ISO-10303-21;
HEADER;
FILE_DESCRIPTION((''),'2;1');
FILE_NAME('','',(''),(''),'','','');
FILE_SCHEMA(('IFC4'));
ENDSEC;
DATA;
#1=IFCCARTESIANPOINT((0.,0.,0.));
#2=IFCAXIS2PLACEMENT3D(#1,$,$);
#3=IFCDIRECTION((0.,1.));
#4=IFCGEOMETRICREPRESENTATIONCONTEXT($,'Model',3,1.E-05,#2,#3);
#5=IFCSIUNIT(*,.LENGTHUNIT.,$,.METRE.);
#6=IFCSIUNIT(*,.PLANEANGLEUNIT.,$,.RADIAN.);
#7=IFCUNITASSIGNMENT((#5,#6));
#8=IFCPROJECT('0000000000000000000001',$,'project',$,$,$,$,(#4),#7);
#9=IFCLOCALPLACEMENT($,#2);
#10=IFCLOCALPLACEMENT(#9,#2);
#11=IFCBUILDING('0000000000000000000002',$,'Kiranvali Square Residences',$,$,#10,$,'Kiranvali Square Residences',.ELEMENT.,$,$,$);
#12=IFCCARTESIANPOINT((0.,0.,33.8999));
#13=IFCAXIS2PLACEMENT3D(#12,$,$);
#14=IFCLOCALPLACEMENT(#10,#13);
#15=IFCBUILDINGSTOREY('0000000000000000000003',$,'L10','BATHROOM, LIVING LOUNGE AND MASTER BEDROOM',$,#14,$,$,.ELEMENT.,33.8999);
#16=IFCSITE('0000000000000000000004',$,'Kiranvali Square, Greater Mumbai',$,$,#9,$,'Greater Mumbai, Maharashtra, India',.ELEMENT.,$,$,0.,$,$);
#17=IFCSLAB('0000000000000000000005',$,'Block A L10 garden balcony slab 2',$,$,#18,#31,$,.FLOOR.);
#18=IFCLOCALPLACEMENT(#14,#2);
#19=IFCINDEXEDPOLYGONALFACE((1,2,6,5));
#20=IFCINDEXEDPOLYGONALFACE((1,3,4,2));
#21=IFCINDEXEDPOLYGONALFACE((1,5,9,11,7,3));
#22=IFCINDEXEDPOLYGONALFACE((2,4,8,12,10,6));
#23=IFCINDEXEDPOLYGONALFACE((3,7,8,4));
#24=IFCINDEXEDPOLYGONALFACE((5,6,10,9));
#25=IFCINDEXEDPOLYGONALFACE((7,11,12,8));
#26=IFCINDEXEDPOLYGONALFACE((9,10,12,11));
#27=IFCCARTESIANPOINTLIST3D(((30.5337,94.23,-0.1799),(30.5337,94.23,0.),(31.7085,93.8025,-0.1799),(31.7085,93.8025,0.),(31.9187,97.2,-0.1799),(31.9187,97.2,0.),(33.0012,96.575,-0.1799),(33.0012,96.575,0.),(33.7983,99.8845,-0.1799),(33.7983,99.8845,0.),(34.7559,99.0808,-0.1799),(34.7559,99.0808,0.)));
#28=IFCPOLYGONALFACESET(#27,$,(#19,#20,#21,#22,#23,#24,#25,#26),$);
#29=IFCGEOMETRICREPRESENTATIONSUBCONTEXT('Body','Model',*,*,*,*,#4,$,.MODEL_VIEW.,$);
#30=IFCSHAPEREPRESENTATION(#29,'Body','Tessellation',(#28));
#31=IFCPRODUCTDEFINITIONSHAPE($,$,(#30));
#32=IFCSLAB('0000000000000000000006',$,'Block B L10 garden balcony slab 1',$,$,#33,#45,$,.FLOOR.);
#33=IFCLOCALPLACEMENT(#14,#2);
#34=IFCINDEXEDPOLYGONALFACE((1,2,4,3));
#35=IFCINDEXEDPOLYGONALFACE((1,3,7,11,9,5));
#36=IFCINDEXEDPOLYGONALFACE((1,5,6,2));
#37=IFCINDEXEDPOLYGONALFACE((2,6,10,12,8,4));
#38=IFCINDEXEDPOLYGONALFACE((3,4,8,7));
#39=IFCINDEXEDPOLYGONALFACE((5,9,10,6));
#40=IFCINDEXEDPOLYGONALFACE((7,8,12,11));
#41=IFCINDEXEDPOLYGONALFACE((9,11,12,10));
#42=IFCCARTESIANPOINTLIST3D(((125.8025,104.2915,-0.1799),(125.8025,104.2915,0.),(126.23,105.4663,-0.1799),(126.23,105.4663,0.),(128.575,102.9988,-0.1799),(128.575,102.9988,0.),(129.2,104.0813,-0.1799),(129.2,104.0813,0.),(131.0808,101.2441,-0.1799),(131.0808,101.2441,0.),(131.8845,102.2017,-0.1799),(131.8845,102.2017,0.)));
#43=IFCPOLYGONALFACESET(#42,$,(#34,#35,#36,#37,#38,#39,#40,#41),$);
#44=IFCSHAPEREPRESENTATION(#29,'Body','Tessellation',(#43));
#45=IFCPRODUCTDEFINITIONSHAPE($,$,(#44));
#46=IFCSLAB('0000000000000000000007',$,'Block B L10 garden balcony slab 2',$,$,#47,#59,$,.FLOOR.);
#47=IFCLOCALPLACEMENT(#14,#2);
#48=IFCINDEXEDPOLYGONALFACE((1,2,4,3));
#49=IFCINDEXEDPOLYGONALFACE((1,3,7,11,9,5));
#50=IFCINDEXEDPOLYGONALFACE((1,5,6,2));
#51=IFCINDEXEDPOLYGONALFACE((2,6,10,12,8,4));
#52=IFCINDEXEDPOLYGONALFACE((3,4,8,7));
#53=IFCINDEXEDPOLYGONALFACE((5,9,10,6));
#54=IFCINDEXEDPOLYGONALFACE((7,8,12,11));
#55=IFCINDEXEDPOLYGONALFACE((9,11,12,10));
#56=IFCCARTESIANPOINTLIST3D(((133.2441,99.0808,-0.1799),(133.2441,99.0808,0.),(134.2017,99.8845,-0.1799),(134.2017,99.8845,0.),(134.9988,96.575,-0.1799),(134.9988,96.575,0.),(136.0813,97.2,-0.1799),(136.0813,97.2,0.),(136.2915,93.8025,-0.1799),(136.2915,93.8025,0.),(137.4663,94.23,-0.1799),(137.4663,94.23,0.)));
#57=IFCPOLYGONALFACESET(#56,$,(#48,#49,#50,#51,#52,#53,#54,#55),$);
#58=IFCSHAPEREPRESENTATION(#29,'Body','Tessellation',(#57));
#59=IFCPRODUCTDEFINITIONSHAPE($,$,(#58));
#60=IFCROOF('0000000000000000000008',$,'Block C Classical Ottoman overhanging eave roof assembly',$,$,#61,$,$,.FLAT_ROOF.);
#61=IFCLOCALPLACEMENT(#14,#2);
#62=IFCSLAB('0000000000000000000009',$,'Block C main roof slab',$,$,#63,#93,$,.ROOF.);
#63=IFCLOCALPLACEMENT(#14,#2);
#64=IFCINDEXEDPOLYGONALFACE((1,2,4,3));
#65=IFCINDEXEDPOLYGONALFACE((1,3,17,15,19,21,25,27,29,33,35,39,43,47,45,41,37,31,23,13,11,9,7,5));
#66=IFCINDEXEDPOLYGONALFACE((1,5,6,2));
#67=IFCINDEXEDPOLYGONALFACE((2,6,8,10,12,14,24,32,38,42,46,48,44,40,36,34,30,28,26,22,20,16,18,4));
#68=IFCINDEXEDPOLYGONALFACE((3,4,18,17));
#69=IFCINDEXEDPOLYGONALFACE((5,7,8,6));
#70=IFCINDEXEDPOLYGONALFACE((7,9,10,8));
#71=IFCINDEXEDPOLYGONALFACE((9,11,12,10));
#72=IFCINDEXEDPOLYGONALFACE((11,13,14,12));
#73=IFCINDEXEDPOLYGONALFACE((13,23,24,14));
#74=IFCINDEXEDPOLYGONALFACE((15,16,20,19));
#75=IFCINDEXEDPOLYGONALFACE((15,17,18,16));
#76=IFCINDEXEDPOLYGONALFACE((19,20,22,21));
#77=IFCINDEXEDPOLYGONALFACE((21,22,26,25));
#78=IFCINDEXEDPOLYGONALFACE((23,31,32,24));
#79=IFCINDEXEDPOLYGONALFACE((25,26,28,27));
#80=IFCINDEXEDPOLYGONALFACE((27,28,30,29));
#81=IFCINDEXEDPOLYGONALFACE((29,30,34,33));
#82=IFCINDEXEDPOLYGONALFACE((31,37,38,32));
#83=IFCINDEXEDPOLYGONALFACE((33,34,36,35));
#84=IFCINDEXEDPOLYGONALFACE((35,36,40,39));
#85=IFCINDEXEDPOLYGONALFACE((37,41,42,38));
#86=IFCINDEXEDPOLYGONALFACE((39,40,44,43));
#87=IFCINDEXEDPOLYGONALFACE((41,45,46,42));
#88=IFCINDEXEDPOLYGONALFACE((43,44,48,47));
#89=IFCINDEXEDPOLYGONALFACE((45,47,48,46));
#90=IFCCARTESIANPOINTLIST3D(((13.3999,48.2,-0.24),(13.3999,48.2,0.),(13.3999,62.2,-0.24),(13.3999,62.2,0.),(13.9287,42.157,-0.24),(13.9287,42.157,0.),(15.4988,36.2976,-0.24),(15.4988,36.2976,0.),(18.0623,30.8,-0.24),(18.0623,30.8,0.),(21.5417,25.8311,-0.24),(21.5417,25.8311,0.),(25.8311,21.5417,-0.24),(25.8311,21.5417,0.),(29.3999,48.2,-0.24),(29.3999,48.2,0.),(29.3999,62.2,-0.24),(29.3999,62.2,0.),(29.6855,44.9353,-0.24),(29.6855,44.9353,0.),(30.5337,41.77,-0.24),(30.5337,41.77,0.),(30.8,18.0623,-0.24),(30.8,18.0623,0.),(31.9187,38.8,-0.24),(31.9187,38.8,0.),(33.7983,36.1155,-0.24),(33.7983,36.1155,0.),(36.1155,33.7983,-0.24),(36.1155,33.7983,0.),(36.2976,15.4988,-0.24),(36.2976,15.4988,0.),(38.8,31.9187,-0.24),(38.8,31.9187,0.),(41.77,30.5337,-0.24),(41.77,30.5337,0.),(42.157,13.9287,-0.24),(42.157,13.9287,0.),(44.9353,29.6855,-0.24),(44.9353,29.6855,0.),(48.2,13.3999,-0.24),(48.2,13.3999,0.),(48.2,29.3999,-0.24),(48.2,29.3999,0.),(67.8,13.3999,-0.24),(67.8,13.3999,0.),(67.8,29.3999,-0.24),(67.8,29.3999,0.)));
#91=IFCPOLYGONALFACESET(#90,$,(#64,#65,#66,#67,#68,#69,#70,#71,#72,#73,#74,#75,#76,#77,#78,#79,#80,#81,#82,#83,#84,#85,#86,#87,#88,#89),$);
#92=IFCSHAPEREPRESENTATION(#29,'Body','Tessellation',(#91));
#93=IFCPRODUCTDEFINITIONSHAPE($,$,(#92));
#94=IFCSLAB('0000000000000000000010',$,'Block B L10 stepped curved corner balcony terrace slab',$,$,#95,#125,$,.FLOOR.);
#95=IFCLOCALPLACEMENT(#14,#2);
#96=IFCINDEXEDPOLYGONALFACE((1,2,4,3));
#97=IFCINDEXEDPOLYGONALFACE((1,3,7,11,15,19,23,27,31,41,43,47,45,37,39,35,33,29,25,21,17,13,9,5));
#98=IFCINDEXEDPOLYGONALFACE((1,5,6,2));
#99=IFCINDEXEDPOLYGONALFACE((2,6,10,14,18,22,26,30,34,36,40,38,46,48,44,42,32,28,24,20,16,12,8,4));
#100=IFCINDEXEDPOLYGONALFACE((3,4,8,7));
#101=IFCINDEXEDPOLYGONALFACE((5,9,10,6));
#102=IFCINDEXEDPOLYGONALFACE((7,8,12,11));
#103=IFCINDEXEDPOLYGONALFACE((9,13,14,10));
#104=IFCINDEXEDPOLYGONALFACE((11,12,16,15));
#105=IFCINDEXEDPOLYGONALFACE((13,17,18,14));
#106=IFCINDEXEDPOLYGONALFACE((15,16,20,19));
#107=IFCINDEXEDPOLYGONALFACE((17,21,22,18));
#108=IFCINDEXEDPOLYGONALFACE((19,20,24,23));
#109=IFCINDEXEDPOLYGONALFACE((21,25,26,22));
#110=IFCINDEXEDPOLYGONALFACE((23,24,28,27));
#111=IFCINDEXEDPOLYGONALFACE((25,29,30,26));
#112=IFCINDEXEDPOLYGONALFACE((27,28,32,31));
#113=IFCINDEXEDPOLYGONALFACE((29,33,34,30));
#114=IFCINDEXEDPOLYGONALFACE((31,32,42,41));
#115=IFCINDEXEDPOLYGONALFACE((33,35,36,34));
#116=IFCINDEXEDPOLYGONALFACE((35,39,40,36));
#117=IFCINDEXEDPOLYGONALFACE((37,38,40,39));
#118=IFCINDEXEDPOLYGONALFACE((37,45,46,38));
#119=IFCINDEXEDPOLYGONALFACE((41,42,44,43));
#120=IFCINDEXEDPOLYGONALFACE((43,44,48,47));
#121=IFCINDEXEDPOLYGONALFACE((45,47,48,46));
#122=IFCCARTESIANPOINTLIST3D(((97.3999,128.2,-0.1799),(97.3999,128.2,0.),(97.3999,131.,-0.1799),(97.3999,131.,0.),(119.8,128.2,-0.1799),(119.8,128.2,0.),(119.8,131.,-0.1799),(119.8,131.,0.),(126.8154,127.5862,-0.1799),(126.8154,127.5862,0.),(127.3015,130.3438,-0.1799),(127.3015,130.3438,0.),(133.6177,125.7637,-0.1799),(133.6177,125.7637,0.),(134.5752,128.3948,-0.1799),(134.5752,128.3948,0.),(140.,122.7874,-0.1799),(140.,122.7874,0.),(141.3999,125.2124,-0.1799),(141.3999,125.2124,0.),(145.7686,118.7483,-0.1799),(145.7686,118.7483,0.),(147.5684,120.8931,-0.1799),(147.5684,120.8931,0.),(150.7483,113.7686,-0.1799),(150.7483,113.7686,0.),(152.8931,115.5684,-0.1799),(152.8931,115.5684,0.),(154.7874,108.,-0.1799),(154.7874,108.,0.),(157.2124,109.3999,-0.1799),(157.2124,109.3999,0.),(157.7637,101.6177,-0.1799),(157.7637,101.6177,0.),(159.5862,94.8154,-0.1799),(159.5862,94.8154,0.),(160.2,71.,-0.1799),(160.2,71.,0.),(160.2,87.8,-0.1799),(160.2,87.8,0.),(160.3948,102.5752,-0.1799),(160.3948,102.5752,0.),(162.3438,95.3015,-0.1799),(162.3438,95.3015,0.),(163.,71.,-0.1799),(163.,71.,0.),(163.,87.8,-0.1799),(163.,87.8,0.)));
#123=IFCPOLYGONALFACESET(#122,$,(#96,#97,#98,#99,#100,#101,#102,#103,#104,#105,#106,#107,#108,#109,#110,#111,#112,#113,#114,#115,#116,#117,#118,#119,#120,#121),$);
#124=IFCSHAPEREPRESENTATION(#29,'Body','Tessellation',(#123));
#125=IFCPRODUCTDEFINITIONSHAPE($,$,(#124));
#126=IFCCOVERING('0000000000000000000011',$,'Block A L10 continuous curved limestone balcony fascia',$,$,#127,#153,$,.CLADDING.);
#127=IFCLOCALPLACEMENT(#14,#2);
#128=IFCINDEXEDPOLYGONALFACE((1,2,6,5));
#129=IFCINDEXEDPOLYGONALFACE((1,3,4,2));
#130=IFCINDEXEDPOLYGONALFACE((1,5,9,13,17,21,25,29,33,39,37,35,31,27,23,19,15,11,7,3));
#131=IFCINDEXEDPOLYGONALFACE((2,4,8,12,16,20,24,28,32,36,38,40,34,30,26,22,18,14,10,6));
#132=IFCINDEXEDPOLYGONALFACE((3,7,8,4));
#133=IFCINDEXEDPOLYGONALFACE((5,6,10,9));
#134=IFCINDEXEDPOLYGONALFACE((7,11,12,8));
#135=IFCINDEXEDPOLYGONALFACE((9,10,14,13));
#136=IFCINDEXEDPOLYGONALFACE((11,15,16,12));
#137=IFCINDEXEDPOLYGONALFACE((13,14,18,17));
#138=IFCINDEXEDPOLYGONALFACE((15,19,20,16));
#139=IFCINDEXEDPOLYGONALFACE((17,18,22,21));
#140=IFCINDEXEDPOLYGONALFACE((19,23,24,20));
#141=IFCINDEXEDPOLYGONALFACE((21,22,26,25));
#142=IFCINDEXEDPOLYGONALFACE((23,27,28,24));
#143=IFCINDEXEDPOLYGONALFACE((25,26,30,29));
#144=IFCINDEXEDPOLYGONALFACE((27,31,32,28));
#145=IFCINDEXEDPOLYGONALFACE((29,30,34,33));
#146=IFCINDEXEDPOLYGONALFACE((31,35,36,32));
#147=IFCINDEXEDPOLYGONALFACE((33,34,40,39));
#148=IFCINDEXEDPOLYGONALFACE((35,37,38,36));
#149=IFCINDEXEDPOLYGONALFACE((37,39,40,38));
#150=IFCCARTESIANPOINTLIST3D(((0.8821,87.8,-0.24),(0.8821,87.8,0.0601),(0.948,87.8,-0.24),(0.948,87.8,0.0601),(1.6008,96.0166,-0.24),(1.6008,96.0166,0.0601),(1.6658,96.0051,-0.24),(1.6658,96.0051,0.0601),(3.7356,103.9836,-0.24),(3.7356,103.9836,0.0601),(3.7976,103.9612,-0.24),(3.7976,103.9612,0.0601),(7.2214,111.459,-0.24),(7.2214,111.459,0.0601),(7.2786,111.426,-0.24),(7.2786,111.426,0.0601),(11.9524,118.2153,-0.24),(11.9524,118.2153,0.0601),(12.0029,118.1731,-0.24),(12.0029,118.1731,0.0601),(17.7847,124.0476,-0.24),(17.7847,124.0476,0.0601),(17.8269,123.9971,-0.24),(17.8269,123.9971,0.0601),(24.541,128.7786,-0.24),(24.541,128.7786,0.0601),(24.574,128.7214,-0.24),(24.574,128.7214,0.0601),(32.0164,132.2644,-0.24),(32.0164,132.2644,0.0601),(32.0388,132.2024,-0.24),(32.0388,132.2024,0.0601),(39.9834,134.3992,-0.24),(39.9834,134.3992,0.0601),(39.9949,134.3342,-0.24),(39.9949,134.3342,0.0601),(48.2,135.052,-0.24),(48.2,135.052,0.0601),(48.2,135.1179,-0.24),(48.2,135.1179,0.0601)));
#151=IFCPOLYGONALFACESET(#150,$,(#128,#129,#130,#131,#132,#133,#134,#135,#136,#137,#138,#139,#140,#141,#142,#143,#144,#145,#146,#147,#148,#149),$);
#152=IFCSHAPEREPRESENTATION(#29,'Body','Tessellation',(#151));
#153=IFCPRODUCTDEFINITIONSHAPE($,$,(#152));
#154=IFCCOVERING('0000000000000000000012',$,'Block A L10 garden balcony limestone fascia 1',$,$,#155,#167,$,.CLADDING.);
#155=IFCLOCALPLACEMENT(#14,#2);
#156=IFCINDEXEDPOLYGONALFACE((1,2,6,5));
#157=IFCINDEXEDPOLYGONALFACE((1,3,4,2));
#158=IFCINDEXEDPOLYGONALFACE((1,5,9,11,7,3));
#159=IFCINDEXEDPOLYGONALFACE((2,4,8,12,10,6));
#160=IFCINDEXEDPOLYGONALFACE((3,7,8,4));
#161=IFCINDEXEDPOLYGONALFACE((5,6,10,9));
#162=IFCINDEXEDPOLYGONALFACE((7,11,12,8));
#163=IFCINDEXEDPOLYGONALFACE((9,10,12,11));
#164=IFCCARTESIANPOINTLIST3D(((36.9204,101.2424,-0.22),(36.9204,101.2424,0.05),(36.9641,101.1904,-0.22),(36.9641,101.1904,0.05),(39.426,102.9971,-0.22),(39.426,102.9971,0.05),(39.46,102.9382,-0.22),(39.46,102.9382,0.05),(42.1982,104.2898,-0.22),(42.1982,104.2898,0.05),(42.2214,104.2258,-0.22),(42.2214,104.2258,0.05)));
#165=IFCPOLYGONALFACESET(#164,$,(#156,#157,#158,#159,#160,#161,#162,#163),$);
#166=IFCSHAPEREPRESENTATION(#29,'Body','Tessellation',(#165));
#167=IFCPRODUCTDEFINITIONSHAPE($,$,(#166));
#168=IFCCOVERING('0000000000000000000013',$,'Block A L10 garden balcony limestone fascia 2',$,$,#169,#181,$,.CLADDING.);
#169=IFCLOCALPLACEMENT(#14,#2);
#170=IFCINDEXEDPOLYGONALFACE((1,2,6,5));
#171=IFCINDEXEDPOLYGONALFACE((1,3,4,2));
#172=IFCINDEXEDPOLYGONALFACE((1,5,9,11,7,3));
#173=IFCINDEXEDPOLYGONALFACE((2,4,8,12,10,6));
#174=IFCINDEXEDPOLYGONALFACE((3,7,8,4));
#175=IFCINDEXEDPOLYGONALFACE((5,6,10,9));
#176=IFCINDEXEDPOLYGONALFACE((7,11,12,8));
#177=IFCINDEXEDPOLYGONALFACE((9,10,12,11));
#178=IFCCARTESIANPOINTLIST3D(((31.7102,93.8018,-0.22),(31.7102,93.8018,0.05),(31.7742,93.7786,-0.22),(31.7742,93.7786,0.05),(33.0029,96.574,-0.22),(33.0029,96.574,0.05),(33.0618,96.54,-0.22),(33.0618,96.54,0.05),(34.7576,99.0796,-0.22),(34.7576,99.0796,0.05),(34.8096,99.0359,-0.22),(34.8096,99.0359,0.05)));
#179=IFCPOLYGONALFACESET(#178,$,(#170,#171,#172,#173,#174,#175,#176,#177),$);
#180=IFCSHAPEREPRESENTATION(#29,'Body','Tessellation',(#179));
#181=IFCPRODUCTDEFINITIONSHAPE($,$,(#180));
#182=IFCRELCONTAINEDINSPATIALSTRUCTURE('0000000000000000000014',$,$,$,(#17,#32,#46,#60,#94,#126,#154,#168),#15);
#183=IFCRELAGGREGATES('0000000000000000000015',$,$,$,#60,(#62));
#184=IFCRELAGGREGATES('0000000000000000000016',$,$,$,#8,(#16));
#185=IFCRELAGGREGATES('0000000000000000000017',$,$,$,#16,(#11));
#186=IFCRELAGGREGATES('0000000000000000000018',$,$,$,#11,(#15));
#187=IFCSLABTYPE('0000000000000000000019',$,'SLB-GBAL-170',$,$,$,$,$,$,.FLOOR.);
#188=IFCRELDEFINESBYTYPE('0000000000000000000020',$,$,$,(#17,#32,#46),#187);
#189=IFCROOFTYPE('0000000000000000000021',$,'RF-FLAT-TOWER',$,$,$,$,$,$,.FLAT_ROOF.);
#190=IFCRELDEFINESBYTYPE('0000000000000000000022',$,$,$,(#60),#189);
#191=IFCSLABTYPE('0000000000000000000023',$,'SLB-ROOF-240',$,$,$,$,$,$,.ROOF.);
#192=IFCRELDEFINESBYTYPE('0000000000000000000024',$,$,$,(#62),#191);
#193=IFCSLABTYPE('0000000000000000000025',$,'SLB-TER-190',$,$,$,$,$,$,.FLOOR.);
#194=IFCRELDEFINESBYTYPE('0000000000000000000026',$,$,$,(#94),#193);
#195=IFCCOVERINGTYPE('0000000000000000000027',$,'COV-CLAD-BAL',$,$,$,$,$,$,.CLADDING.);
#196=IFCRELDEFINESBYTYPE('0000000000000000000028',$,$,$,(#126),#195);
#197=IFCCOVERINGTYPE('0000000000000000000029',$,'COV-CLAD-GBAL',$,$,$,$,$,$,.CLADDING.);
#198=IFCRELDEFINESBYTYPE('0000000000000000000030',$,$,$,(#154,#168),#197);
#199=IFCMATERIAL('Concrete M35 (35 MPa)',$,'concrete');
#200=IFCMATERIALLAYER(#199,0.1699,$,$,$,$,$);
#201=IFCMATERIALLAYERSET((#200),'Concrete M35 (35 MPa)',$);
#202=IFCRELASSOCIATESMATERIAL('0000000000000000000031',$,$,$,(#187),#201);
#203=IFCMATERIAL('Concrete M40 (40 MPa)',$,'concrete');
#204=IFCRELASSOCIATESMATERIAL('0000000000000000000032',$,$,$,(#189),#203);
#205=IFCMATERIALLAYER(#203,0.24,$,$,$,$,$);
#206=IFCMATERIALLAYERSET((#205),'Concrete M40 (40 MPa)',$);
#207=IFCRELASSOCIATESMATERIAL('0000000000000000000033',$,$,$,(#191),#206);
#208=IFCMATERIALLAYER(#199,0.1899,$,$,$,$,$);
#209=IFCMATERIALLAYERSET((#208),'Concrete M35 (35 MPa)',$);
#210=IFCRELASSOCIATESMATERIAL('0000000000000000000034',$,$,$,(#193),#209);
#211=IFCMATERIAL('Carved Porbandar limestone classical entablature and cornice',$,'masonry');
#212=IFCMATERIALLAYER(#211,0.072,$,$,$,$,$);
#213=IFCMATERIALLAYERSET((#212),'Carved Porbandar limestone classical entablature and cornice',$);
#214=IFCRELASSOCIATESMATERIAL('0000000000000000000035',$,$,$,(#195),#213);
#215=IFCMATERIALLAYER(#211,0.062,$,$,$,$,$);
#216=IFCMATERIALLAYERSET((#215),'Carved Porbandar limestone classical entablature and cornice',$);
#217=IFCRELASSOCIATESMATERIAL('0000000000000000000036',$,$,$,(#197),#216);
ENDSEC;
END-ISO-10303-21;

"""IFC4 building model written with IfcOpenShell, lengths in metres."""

from ifc_helpers import new_model, si_unit, direction, frame, origin, place, context, subcontext, project, spatial, polyline, outline, extrude, material, layer, layer_set, type_object, element, aggregate, save


model = new_model("IFC4")

# Units and contexts
model_context = context("Model", 3, precision=1e-05, world=origin(), true_north=direction((0.0, 1.0)))
body_context = subcontext(model_context, "Body", "Model", "MODEL_VIEW")
ifc_project = project(units=[si_unit("LENGTHUNIT", "METRE"), si_unit("PLANEANGLEUNIT", "RADIAN")], contexts=[model_context])

# Site, building, storey
site_placement = place(None, origin())
site = spatial("IfcSite", under=ifc_project, at=site_placement, Name="Kiranvali Square, Greater Mumbai", LongName="Greater Mumbai, Maharashtra, India", CompositionType="ELEMENT", RefElevation=0.0)
building_placement = place(site_placement, origin())
building = spatial("IfcBuilding", under=site, at=building_placement, Name="Kiranvali Square Residences", LongName="Kiranvali Square Residences", CompositionType="ELEMENT")
storey_placement = place(building_placement, frame((0.0, 0.0, 33.8999)))
storey = spatial("IfcBuildingStorey", under=building, at=storey_placement, Name="L10", Description="BATHROOM, LIVING LOUNGE AND MASTER BEDROOM", CompositionType="ELEMENT", Elevation=33.8999)

# Slabs
ifc_material_1 = material(Name="Concrete M35 (35 MPa)", Category="concrete")
ifc_layer_1 = layer(ifc_material_1, 0.1699)
ifc_layer_set_1 = layer_set([ifc_layer_1], Name="Concrete M35 (35 MPa)")
slab_type_1 = type_object("IfcSlabType", Name="SLB-GBAL-170", PredefinedType="FLOOR", material=ifc_layer_set_1)
slab_1_placement = place(storey_placement, frame((0.0, 0.0, -0.1799)))
element("IfcSlab", 1, at=slab_1_placement, inside=storey, type_object=slab_type_1, Name="Block A L10 garden balcony slab 2", PredefinedType="FLOOR", context=body_context, shape_type="SweptSolid", body=[
    extrude(outline(polyline([(33.7983, 99.8845), (31.9187, 97.2), (30.5337, 94.23), (31.7085, 93.8025), (33.0012, 96.575), (34.7559, 99.0808), (33.7983, 99.8845)])), origin(), (0.0, 0.0, 1.0), 0.1799),
])
slab_2_placement = place(storey_placement, frame((0.0, 0.0, -0.1799)))
element("IfcSlab", 2, at=slab_2_placement, inside=storey, type_object=slab_type_1, Name="Block B L10 garden balcony slab 1", PredefinedType="FLOOR", context=body_context, shape_type="SweptSolid", body=[
    extrude(outline(polyline([(125.8025, 104.2915), (128.575, 102.9988), (131.0808, 101.2441), (131.8845, 102.2017), (129.2, 104.0813), (126.23, 105.4663), (125.8025, 104.2915)])), origin(), (0.0, 0.0, 1.0), 0.1799),
])
slab_3_placement = place(storey_placement, frame((0.0, 0.0, -0.1799)))
element("IfcSlab", 3, at=slab_3_placement, inside=storey, type_object=slab_type_1, Name="Block B L10 garden balcony slab 2", PredefinedType="FLOOR", context=body_context, shape_type="SweptSolid", body=[
    extrude(outline(polyline([(133.2441, 99.0808), (134.9988, 96.575), (136.2915, 93.8025), (137.4663, 94.23), (136.0813, 97.2), (134.2017, 99.8845), (133.2441, 99.0808)])), origin(), (0.0, 0.0, 1.0), 0.1799),
])

# Roof, slab
ifc_material_2 = material(Name="Concrete M40 (40 MPa)", Category="concrete")
roof_type = type_object("IfcRoofType", Name="RF-FLAT-TOWER", PredefinedType="FLAT_ROOF", material=ifc_material_2)
roof_placement = place(storey_placement, origin())
roof = element("IfcRoof", 4, at=roof_placement, inside=storey, type_object=roof_type, Name="Block C Classical Ottoman overhanging eave roof assembly", PredefinedType="FLAT_ROOF")
ifc_layer_2 = layer(ifc_material_2, 0.24)
ifc_layer_set_2 = layer_set([ifc_layer_2], Name="Concrete M40 (40 MPa)")
slab_type_2 = type_object("IfcSlabType", Name="SLB-ROOF-240", PredefinedType="ROOF", material=ifc_layer_set_2)
slab_4_placement = place(storey_placement, frame((0.0, 0.0, -0.24)))
slab_4 = element("IfcSlab", 5, at=slab_4_placement, type_object=slab_type_2, Name="Block C main roof slab", PredefinedType="ROOF", context=body_context, shape_type="SweptSolid", body=[
    extrude(outline(polyline([(48.2, 29.3999), (44.9353, 29.6855), (41.77, 30.5337), (38.8, 31.9187), (36.1155, 33.7983), (33.7983, 36.1155), (31.9187, 38.8), (30.5337, 41.77), (29.6855, 44.9353), (29.3999, 48.2), (29.3999, 62.2), (13.3999, 62.2), (13.3999, 48.2), (13.9287, 42.157), (15.4988, 36.2976), (18.0623, 30.8), (21.5417, 25.8311), (25.8311, 21.5417), (30.8, 18.0623), (36.2976, 15.4988), (42.157, 13.9287), (48.2, 13.3999), (67.8, 13.3999), (67.8, 29.3999), (48.2, 29.3999)])), origin(), (0.0, 0.0, 1.0), 0.24),
])
aggregate(roof, [slab_4])

# Slab
ifc_layer_3 = layer(ifc_material_1, 0.1899)
ifc_layer_set_3 = layer_set([ifc_layer_3], Name="Concrete M35 (35 MPa)")
slab_type_3 = type_object("IfcSlabType", Name="SLB-TER-190", PredefinedType="FLOOR", material=ifc_layer_set_3)
slab_5_placement = place(storey_placement, frame((0.0, 0.0, -0.1799)))
element("IfcSlab", 6, at=slab_5_placement, inside=storey, type_object=slab_type_3, Name="Block B L10 stepped curved corner balcony terrace slab", PredefinedType="FLOOR", context=body_context, shape_type="SweptSolid", body=[
    extrude(outline(polyline([(97.3999, 128.2), (119.8, 128.2), (126.8154, 127.5862), (133.6177, 125.7637), (140.0, 122.7874), (145.7686, 118.7483), (150.7483, 113.7686), (154.7874, 108.0), (157.7637, 101.6177), (159.5862, 94.8154), (160.2, 87.8), (160.2, 71.0), (163.0, 71.0), (163.0, 87.8), (162.3438, 95.3015), (160.3948, 102.5752), (157.2124, 109.3999), (152.8931, 115.5684), (147.5684, 120.8931), (141.3999, 125.2124), (134.5752, 128.3948), (127.3015, 130.3438), (119.8, 131.0), (97.3999, 131.0), (97.3999, 128.2)])), origin(), (0.0, 0.0, 1.0), 0.1799),
])

# Coverings
ifc_material_3 = material(Name="Carved Porbandar limestone classical entablature and cornice", Category="masonry")
ifc_layer_4 = layer(ifc_material_3, 0.072)
ifc_layer_set_4 = layer_set([ifc_layer_4], Name="Carved Porbandar limestone classical entablature and cornice")
covering_type_1 = type_object("IfcCoveringType", Name="COV-CLAD-BAL", PredefinedType="CLADDING", material=ifc_layer_set_4)
covering_1_placement = place(storey_placement, frame((0.0, 0.0, -0.24)))
element("IfcCovering", 7, at=covering_1_placement, inside=storey, type_object=covering_type_1, Name="Block A L10 continuous curved limestone balcony fascia", PredefinedType="CLADDING", context=body_context, shape_type="SweptSolid", body=[
    extrude(outline(polyline([(48.2, 135.1179), (39.9834, 134.3992), (32.0164, 132.2644), (24.541, 128.7786), (17.7847, 124.0476), (11.9524, 118.2153), (7.2214, 111.459), (3.7356, 103.9836), (1.6008, 96.0166), (0.8821, 87.8), (0.948, 87.8), (1.6658, 96.0051), (3.7976, 103.9612), (7.2786, 111.426), (12.0029, 118.1731), (17.8269, 123.9971), (24.574, 128.7214), (32.0388, 132.2024), (39.9949, 134.3342), (48.2, 135.052), (48.2, 135.1179)])), origin(), (0.0, 0.0, 1.0), 0.3),
])
ifc_layer_5 = layer(ifc_material_3, 0.062)
ifc_layer_set_5 = layer_set([ifc_layer_5], Name="Carved Porbandar limestone classical entablature and cornice")
covering_type_2 = type_object("IfcCoveringType", Name="COV-CLAD-GBAL", PredefinedType="CLADDING", material=ifc_layer_set_5)
covering_2_placement = place(storey_placement, frame((0.0, 0.0, -0.22)))
element("IfcCovering", 8, at=covering_2_placement, inside=storey, type_object=covering_type_2, Name="Block A L10 garden balcony limestone fascia 1", PredefinedType="CLADDING", context=body_context, shape_type="SweptSolid", body=[
    extrude(outline(polyline([(42.1982, 104.2898), (39.426, 102.9971), (36.9204, 101.2424), (36.9641, 101.1904), (39.46, 102.9382), (42.2214, 104.2258), (42.1982, 104.2898)])), origin(), (0.0, 0.0, 1.0), 0.27),
])
covering_3_placement = place(storey_placement, frame((0.0, 0.0, -0.22)))
element("IfcCovering", 9, at=covering_3_placement, inside=storey, type_object=covering_type_2, Name="Block A L10 garden balcony limestone fascia 2", PredefinedType="CLADDING", context=body_context, shape_type="SweptSolid", body=[
    extrude(outline(polyline([(34.7576, 99.0796), (33.0029, 96.574), (31.7102, 93.8018), (31.7742, 93.7786), (33.0618, 96.54), (34.8096, 99.0359), (34.7576, 99.0796)])), origin(), (0.0, 0.0, 1.0), 0.27),
])

save(model, "model.ifc")
